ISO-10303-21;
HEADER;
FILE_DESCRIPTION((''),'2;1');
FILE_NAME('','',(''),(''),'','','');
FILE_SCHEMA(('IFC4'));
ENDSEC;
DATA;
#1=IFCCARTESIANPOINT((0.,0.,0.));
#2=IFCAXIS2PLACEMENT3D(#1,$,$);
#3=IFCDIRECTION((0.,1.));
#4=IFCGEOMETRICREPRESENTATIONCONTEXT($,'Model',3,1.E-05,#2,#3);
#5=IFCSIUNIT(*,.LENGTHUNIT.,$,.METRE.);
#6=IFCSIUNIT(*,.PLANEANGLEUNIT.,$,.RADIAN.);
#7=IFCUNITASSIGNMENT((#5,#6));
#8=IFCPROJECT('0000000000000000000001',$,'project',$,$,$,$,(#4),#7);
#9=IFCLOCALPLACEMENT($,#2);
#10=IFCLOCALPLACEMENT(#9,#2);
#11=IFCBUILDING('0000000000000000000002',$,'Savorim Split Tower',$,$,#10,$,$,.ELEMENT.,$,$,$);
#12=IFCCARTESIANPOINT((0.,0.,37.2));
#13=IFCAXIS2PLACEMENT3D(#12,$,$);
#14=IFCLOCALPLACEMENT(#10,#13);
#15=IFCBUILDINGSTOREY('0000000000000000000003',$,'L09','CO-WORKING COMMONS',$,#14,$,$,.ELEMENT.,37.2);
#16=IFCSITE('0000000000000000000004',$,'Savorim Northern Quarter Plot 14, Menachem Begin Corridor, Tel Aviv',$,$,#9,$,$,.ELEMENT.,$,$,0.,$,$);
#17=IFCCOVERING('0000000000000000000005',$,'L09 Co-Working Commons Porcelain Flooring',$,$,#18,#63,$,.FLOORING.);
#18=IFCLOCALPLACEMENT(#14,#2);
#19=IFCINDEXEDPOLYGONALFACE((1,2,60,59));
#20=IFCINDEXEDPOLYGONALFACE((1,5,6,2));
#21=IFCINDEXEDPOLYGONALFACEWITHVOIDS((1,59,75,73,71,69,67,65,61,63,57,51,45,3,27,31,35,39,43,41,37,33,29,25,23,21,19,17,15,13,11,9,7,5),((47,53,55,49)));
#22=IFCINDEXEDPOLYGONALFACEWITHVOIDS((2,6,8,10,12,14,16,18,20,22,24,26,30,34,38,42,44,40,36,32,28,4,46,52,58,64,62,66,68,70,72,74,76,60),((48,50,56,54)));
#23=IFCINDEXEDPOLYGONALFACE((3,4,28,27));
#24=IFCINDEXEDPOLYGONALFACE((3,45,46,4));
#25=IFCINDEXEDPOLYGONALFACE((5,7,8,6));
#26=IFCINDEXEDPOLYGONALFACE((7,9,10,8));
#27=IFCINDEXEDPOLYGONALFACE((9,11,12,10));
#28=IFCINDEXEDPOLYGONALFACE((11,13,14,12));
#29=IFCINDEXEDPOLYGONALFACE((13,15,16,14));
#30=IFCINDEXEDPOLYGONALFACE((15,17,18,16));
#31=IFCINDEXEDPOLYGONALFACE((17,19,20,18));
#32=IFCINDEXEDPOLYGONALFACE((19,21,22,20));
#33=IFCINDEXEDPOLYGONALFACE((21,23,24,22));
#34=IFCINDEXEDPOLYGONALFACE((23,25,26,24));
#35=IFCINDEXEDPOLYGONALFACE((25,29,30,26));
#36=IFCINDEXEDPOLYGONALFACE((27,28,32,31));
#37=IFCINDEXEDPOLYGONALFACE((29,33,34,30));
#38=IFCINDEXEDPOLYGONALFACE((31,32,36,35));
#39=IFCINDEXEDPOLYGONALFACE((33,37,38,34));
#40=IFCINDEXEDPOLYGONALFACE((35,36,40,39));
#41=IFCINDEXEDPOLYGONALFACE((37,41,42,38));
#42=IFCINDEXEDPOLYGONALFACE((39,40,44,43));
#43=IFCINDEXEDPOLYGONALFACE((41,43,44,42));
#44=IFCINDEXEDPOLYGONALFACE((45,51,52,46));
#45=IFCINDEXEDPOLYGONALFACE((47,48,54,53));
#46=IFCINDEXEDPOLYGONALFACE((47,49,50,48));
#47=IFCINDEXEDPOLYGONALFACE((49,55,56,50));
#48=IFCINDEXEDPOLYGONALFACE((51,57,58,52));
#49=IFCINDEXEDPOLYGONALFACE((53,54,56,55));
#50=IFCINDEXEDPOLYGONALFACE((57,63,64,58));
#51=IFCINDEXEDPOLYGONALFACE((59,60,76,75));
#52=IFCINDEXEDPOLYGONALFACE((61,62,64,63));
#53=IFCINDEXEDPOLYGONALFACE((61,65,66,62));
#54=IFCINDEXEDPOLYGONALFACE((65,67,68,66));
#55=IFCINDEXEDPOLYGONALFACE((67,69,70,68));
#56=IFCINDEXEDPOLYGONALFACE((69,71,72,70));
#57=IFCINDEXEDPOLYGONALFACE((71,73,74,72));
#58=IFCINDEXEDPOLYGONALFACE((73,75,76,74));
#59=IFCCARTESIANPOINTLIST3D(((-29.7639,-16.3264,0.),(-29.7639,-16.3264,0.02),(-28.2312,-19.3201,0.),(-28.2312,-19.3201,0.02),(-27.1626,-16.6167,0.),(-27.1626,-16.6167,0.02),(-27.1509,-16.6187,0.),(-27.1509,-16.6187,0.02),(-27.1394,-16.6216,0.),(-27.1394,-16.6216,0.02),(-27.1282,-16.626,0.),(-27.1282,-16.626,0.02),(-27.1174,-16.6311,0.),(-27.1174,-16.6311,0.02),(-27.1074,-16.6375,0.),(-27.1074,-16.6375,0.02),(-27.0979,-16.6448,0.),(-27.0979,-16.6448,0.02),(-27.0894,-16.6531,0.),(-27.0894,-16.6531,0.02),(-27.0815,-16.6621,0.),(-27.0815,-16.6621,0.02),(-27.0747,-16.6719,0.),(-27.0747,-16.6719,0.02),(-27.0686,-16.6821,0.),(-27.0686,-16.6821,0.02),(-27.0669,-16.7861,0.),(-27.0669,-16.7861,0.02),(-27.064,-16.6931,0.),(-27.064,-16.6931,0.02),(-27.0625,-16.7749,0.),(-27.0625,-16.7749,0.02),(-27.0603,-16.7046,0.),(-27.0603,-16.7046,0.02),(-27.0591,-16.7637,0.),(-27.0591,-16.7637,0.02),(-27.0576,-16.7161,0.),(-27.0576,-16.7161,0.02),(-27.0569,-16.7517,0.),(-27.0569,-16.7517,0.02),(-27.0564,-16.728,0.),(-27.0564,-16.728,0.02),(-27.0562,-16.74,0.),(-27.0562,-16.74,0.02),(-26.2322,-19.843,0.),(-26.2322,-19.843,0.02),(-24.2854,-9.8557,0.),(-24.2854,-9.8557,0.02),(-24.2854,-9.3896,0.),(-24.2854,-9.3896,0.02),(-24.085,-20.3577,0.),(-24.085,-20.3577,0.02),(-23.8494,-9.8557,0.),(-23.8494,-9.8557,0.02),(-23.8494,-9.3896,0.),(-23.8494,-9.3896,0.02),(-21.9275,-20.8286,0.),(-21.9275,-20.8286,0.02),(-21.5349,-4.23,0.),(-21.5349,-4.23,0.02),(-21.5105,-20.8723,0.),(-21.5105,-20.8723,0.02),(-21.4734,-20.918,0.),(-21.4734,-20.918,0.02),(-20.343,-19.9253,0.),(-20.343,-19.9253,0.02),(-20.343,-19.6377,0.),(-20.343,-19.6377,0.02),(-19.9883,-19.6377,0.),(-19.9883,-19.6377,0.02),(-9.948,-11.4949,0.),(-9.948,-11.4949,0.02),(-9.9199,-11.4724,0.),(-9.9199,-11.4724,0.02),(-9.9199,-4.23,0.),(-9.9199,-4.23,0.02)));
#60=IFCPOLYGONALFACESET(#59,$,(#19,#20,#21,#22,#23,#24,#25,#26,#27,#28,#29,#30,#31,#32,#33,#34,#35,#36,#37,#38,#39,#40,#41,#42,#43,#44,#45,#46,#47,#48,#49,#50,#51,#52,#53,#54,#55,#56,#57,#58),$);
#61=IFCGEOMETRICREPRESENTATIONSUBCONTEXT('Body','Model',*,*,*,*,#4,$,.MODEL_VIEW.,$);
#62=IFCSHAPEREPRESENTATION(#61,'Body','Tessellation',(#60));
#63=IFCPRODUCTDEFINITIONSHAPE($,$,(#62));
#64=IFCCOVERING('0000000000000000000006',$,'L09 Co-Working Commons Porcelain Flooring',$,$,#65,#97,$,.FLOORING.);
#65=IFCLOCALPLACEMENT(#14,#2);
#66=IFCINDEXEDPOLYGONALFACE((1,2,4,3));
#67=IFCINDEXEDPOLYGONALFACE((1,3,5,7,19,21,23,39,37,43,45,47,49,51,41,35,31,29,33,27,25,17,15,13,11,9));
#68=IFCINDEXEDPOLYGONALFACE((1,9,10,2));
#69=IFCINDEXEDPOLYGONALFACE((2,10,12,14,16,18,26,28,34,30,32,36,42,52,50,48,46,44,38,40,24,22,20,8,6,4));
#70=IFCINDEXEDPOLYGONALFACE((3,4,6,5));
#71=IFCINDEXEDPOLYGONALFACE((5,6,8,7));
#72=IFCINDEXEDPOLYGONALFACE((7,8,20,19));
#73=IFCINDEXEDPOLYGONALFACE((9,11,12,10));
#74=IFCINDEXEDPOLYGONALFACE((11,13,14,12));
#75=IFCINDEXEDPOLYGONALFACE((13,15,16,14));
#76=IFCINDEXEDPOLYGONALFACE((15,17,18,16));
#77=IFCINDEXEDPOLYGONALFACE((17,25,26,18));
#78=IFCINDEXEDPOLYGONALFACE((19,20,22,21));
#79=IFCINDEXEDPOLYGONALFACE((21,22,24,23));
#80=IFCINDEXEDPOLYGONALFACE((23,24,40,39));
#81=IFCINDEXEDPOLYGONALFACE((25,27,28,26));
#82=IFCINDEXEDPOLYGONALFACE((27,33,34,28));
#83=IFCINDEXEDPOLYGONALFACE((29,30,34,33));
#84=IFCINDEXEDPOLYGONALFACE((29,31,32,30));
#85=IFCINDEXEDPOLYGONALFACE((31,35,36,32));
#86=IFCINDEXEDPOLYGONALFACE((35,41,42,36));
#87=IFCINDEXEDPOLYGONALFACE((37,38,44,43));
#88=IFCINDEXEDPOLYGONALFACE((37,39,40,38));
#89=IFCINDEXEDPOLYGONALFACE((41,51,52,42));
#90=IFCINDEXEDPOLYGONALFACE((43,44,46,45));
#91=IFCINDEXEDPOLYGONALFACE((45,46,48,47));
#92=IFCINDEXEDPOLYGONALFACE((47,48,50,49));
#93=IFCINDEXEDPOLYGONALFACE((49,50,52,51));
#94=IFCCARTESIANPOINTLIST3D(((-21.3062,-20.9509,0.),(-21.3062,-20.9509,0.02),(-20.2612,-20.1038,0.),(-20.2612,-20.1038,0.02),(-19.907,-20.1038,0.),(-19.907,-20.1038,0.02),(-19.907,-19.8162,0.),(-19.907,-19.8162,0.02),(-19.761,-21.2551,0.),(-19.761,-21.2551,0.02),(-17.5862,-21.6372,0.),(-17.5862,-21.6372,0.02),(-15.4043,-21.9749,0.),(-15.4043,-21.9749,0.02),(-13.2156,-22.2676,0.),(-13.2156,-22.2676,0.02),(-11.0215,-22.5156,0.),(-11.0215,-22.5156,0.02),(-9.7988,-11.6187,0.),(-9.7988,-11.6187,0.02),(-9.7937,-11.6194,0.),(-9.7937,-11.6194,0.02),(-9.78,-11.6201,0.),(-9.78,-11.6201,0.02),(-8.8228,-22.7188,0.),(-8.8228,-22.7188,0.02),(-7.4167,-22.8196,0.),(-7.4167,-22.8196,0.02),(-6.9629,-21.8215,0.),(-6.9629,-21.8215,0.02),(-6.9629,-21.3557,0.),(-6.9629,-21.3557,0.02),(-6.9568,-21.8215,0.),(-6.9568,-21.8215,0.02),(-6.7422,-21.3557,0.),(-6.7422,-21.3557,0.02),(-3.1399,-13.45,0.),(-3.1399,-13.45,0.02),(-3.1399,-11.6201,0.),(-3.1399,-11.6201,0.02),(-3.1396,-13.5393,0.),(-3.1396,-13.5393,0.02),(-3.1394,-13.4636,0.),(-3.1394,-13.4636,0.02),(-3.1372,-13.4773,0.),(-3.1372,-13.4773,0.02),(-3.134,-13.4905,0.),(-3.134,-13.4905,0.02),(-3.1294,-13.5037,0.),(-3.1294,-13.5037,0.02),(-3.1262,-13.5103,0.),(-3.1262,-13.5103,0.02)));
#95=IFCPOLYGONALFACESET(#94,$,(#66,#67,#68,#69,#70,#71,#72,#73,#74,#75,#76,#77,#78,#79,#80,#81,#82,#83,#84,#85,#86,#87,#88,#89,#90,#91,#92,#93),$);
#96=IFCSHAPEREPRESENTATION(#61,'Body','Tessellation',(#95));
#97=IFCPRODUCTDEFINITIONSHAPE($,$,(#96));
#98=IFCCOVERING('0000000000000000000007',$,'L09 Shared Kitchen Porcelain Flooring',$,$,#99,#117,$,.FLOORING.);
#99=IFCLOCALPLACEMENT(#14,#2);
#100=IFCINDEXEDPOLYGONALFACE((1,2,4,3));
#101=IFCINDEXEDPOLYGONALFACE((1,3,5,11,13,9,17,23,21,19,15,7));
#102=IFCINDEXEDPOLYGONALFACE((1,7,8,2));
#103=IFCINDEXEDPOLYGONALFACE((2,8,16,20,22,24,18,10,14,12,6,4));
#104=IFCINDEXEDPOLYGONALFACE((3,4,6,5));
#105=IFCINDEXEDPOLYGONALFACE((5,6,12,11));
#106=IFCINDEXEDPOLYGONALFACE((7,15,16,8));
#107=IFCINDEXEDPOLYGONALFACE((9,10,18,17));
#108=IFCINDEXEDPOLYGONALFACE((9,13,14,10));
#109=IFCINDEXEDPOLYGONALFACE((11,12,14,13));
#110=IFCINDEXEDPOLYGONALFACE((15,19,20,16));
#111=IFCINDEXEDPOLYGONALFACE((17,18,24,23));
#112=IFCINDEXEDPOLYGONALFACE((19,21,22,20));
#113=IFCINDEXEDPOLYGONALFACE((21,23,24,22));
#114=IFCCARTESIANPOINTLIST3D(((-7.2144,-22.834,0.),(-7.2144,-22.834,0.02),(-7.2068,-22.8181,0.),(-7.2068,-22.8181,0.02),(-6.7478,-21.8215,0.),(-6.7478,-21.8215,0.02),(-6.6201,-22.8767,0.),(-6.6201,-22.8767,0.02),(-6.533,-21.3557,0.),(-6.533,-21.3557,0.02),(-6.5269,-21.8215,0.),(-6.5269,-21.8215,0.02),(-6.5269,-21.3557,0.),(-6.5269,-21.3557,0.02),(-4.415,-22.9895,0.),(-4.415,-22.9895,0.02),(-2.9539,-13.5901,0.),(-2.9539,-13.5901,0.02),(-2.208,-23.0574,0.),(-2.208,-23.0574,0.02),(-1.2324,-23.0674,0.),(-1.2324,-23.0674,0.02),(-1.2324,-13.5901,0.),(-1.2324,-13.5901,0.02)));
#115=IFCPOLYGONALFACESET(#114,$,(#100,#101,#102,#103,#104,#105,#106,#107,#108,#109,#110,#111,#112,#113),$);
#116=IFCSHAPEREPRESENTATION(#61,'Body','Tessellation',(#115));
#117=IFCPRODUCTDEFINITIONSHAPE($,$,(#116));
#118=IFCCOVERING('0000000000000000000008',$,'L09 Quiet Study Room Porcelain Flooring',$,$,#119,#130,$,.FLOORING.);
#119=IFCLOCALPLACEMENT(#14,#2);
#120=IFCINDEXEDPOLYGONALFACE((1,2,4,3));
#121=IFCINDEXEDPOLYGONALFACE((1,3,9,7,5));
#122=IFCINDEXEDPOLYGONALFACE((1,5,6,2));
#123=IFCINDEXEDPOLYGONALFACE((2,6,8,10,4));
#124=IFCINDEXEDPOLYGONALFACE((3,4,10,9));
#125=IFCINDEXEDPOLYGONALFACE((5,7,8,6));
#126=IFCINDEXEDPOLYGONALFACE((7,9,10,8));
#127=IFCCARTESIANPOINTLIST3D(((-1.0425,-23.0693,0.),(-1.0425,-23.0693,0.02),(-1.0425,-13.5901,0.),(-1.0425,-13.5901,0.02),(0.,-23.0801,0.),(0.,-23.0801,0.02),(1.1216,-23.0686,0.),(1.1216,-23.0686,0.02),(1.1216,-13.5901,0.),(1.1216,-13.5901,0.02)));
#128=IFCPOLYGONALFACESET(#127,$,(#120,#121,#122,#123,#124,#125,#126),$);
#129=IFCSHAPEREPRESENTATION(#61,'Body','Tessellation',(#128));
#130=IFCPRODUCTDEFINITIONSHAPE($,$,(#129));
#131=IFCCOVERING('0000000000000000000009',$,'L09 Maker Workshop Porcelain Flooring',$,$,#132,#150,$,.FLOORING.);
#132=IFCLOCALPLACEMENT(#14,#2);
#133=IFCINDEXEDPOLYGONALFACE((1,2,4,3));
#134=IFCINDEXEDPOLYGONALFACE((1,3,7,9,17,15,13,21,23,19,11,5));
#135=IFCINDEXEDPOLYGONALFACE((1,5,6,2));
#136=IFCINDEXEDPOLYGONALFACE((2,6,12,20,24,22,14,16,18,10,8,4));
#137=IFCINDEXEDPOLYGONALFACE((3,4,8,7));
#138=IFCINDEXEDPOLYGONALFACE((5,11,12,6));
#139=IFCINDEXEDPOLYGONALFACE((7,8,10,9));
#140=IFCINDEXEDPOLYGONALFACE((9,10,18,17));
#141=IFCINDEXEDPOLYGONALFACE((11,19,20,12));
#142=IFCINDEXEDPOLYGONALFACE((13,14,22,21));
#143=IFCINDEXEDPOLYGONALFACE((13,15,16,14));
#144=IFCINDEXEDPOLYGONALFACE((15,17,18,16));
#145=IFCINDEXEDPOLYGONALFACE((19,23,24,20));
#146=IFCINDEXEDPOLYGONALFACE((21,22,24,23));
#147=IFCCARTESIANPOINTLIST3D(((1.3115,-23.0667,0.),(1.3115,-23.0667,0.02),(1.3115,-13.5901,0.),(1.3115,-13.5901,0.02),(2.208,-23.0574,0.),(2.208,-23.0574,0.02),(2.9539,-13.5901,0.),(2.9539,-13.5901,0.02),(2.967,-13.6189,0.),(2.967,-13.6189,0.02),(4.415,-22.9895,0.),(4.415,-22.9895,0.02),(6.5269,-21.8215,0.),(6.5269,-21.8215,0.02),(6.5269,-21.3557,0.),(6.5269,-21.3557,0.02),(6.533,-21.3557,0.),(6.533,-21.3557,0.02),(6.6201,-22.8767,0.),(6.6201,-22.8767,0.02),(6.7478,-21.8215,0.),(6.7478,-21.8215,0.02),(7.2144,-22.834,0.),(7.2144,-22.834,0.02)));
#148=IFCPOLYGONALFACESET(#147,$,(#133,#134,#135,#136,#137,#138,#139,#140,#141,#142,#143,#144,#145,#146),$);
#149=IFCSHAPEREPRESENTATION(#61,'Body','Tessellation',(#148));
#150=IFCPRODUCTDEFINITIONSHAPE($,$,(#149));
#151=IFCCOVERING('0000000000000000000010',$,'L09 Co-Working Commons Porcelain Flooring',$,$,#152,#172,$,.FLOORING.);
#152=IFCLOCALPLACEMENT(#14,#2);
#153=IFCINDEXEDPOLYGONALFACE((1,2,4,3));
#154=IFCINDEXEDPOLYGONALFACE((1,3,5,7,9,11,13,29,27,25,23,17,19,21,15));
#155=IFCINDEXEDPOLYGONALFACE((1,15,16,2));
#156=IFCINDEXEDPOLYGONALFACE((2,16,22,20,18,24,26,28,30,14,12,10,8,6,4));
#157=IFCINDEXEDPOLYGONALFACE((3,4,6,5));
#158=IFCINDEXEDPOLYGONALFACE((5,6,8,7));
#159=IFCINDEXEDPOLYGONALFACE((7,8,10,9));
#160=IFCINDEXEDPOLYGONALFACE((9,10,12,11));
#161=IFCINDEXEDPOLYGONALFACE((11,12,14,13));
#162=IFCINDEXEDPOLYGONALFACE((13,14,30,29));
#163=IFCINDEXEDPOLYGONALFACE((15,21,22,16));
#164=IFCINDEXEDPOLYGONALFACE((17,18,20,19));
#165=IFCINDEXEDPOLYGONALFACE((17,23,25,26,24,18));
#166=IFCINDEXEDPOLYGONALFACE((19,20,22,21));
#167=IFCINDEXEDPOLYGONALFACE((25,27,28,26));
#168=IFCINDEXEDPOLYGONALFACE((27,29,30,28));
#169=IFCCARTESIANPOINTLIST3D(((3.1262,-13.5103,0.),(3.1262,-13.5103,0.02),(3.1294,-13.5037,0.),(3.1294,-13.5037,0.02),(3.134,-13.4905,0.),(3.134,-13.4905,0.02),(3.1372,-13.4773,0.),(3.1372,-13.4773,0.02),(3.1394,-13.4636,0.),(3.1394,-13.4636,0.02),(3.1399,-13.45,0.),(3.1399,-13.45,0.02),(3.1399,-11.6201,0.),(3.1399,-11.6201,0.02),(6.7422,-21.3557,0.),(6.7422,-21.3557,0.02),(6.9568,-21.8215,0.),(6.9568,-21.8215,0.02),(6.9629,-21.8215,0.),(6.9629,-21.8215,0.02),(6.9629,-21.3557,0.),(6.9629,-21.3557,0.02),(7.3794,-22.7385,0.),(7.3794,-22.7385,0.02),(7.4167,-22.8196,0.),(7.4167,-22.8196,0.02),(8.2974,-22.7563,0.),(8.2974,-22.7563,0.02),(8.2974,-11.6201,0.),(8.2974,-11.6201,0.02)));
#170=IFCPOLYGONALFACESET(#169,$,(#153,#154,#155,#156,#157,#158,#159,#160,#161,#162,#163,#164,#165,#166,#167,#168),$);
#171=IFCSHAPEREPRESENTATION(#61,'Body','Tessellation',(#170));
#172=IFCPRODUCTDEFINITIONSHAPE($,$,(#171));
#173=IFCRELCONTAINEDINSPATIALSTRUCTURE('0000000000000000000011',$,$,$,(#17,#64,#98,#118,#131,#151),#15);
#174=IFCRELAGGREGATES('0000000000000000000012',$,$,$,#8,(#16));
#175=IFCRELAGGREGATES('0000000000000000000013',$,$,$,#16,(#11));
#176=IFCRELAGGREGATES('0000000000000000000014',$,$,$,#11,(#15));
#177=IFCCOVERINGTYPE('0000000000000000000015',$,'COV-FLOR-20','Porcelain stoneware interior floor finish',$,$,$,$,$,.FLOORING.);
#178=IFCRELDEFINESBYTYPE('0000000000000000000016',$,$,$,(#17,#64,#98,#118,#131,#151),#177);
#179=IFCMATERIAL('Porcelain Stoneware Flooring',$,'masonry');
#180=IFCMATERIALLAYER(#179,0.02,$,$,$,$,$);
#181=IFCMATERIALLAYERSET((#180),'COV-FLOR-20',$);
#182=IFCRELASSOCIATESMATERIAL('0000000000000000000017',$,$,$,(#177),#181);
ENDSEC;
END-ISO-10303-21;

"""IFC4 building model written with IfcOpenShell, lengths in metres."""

from ifc_helpers import new_model, si_unit, direction, frame, origin, place, context, subcontext, project, spatial, polyline, outline, extrude, material, layer, layer_set, type_object, element, save


model = new_model("IFC4")

# Units and contexts
model_context = context("Model", 3, precision=1e-05, world=origin(), true_north=direction((0.0, 1.0)))
body_context = subcontext(model_context, "Body", "Model", "MODEL_VIEW")
ifc_project = project(units=[si_unit("LENGTHUNIT", "METRE"), si_unit("PLANEANGLEUNIT", "RADIAN")], contexts=[model_context])

# Site, building, storey
site_placement = place(None, origin())
site = spatial("IfcSite", under=ifc_project, at=site_placement, Name="Savorim Northern Quarter Plot 14, Menachem Begin Corridor, Tel Aviv", CompositionType="ELEMENT", RefElevation=0.0)
building_placement = place(site_placement, origin())
building = spatial("IfcBuilding", under=site, at=building_placement, Name="Savorim Split Tower", CompositionType="ELEMENT")
storey_placement = place(building_placement, frame((0.0, 0.0, 37.2)))
storey = spatial("IfcBuildingStorey", under=building, at=storey_placement, Name="L09", Description="CO-WORKING COMMONS", CompositionType="ELEMENT", Elevation=37.2)

# Coverings
ifc_material_1 = material(Name="Porcelain Stoneware Flooring", Category="masonry")
ifc_layer_1 = layer(ifc_material_1, 0.02)
ifc_layer_set_1 = layer_set([ifc_layer_1], Name="COV-FLOR-20")
covering_type_1 = type_object("IfcCoveringType", Name="COV-FLOR-20", Description="Porcelain stoneware interior floor finish", PredefinedType="FLOORING", material=ifc_layer_set_1)
covering_1_placement = place(storey_placement, origin())
element("IfcCovering", 1, at=covering_1_placement, inside=storey, type_object=covering_type_1, Name="L09 Co-Working Commons Porcelain Flooring", PredefinedType="FLOORING", context=body_context, shape_type="SweptSolid", body=[
    extrude(outline(polyline([(-27.0562, -16.74), (-27.0569, -16.7517), (-27.0591, -16.7637), (-27.0625, -16.7749), (-27.0669, -16.7861), (-28.2312, -19.3201), (-26.2322, -19.843), (-24.085, -20.3577), (-21.9275, -20.8286), (-21.4734, -20.918), (-21.5105, -20.8723), (-20.343, -19.9253), (-20.343, -19.6377), (-19.9883, -19.6377), (-9.948, -11.4949), (-9.9199, -11.4724), (-9.9199, -4.23), (-21.5349, -4.23), (-29.7639, -16.3264), (-27.1626, -16.6167), (-27.1509, -16.6187), (-27.1394, -16.6216), (-27.1282, -16.626), (-27.1174, -16.6311), (-27.1074, -16.6375), (-27.0979, -16.6448), (-27.0894, -16.6531), (-27.0815, -16.6621), (-27.0747, -16.6719), (-27.0686, -16.6821), (-27.064, -16.6931), (-27.0603, -16.7046), (-27.0576, -16.7161), (-27.0564, -16.728), (-27.0562, -16.74)]), holes=[polyline([(-24.2854, -9.8557), (-23.8494, -9.8557), (-23.8494, -9.3896), (-24.2854, -9.3896), (-24.2854, -9.8557)])]), origin(), (0.0, 0.0, 1.0), 0.02),
])
covering_2_placement = place(storey_placement, origin())
element("IfcCovering", 2, at=covering_2_placement, inside=storey, type_object=covering_type_1, Name="L09 Co-Working Commons Porcelain Flooring", PredefinedType="FLOORING", context=body_context, shape_type="SweptSolid", body=[
    extrude(outline(polyline([(-15.4043, -21.9749), (-13.2156, -22.2676), (-11.0215, -22.5156), (-8.8228, -22.7188), (-7.4167, -22.8196), (-6.9568, -21.8215), (-6.9629, -21.8215), (-6.9629, -21.3557), (-6.7422, -21.3557), (-3.1396, -13.5393), (-3.1262, -13.5103), (-3.1294, -13.5037), (-3.134, -13.4905), (-3.1372, -13.4773), (-3.1394, -13.4636), (-3.1399, -13.45), (-3.1399, -11.6201), (-9.78, -11.6201), (-9.7937, -11.6194), (-9.7988, -11.6187), (-19.907, -19.8162), (-19.907, -20.1038), (-20.2612, -20.1038), (-21.3062, -20.9509), (-19.761, -21.2551), (-17.5862, -21.6372), (-15.4043, -21.9749)])), origin(), (0.0, 0.0, 1.0), 0.02),
])
covering_3_placement = place(storey_placement, origin())
element("IfcCovering", 3, at=covering_3_placement, inside=storey, type_object=covering_type_1, Name="L09 Shared Kitchen Porcelain Flooring", PredefinedType="FLOORING", context=body_context, shape_type="SweptSolid", body=[
    extrude(outline(polyline([(-6.6201, -22.8767), (-4.415, -22.9895), (-2.208, -23.0574), (-1.2324, -23.0674), (-1.2324, -13.5901), (-2.9539, -13.5901), (-6.533, -21.3557), (-6.5269, -21.3557), (-6.5269, -21.8215), (-6.7478, -21.8215), (-7.2068, -22.8181), (-7.2144, -22.834), (-6.6201, -22.8767)])), origin(), (0.0, 0.0, 1.0), 0.02),
])
covering_4_placement = place(storey_placement, origin())
element("IfcCovering", 4, at=covering_4_placement, inside=storey, type_object=covering_type_1, Name="L09 Quiet Study Room Porcelain Flooring", PredefinedType="FLOORING", context=body_context, shape_type="SweptSolid", body=[
    extrude(outline(polyline([(-1.0425, -13.5901), (-1.0425, -23.0693), (0.0, -23.0801), (1.1216, -23.0686), (1.1216, -13.5901), (-1.0425, -13.5901)])), origin(), (0.0, 0.0, 1.0), 0.02),
])
covering_5_placement = place(storey_placement, origin())
element("IfcCovering", 5, at=covering_5_placement, inside=storey, type_object=covering_type_1, Name="L09 Maker Workshop Porcelain Flooring", PredefinedType="FLOORING", context=body_context, shape_type="SweptSolid", body=[
    extrude(outline(polyline([(1.3115, -23.0667), (2.208, -23.0574), (4.415, -22.9895), (6.6201, -22.8767), (7.2144, -22.834), (6.7478, -21.8215), (6.5269, -21.8215), (6.5269, -21.3557), (6.533, -21.3557), (2.967, -13.6189), (2.9539, -13.5901), (1.3115, -13.5901), (1.3115, -23.0667)])), origin(), (0.0, 0.0, 1.0), 0.02),
])
covering_6_placement = place(storey_placement, origin())
element("IfcCovering", 6, at=covering_6_placement, inside=storey, type_object=covering_type_1, Name="L09 Co-Working Commons Porcelain Flooring", PredefinedType="FLOORING", context=body_context, shape_type="SweptSolid", body=[
    extrude(outline(polyline([(6.9568, -21.8215), (7.3794, -22.7385), (7.4167, -22.8196), (8.2974, -22.7563), (8.2974, -11.6201), (3.1399, -11.6201), (3.1399, -13.45), (3.1394, -13.4636), (3.1372, -13.4773), (3.134, -13.4905), (3.1294, -13.5037), (3.1262, -13.5103), (6.7422, -21.3557), (6.9629, -21.3557), (6.9629, -21.8215), (6.9568, -21.8215)])), origin(), (0.0, 0.0, 1.0), 0.02),
])

save(model, "model.ifc")
